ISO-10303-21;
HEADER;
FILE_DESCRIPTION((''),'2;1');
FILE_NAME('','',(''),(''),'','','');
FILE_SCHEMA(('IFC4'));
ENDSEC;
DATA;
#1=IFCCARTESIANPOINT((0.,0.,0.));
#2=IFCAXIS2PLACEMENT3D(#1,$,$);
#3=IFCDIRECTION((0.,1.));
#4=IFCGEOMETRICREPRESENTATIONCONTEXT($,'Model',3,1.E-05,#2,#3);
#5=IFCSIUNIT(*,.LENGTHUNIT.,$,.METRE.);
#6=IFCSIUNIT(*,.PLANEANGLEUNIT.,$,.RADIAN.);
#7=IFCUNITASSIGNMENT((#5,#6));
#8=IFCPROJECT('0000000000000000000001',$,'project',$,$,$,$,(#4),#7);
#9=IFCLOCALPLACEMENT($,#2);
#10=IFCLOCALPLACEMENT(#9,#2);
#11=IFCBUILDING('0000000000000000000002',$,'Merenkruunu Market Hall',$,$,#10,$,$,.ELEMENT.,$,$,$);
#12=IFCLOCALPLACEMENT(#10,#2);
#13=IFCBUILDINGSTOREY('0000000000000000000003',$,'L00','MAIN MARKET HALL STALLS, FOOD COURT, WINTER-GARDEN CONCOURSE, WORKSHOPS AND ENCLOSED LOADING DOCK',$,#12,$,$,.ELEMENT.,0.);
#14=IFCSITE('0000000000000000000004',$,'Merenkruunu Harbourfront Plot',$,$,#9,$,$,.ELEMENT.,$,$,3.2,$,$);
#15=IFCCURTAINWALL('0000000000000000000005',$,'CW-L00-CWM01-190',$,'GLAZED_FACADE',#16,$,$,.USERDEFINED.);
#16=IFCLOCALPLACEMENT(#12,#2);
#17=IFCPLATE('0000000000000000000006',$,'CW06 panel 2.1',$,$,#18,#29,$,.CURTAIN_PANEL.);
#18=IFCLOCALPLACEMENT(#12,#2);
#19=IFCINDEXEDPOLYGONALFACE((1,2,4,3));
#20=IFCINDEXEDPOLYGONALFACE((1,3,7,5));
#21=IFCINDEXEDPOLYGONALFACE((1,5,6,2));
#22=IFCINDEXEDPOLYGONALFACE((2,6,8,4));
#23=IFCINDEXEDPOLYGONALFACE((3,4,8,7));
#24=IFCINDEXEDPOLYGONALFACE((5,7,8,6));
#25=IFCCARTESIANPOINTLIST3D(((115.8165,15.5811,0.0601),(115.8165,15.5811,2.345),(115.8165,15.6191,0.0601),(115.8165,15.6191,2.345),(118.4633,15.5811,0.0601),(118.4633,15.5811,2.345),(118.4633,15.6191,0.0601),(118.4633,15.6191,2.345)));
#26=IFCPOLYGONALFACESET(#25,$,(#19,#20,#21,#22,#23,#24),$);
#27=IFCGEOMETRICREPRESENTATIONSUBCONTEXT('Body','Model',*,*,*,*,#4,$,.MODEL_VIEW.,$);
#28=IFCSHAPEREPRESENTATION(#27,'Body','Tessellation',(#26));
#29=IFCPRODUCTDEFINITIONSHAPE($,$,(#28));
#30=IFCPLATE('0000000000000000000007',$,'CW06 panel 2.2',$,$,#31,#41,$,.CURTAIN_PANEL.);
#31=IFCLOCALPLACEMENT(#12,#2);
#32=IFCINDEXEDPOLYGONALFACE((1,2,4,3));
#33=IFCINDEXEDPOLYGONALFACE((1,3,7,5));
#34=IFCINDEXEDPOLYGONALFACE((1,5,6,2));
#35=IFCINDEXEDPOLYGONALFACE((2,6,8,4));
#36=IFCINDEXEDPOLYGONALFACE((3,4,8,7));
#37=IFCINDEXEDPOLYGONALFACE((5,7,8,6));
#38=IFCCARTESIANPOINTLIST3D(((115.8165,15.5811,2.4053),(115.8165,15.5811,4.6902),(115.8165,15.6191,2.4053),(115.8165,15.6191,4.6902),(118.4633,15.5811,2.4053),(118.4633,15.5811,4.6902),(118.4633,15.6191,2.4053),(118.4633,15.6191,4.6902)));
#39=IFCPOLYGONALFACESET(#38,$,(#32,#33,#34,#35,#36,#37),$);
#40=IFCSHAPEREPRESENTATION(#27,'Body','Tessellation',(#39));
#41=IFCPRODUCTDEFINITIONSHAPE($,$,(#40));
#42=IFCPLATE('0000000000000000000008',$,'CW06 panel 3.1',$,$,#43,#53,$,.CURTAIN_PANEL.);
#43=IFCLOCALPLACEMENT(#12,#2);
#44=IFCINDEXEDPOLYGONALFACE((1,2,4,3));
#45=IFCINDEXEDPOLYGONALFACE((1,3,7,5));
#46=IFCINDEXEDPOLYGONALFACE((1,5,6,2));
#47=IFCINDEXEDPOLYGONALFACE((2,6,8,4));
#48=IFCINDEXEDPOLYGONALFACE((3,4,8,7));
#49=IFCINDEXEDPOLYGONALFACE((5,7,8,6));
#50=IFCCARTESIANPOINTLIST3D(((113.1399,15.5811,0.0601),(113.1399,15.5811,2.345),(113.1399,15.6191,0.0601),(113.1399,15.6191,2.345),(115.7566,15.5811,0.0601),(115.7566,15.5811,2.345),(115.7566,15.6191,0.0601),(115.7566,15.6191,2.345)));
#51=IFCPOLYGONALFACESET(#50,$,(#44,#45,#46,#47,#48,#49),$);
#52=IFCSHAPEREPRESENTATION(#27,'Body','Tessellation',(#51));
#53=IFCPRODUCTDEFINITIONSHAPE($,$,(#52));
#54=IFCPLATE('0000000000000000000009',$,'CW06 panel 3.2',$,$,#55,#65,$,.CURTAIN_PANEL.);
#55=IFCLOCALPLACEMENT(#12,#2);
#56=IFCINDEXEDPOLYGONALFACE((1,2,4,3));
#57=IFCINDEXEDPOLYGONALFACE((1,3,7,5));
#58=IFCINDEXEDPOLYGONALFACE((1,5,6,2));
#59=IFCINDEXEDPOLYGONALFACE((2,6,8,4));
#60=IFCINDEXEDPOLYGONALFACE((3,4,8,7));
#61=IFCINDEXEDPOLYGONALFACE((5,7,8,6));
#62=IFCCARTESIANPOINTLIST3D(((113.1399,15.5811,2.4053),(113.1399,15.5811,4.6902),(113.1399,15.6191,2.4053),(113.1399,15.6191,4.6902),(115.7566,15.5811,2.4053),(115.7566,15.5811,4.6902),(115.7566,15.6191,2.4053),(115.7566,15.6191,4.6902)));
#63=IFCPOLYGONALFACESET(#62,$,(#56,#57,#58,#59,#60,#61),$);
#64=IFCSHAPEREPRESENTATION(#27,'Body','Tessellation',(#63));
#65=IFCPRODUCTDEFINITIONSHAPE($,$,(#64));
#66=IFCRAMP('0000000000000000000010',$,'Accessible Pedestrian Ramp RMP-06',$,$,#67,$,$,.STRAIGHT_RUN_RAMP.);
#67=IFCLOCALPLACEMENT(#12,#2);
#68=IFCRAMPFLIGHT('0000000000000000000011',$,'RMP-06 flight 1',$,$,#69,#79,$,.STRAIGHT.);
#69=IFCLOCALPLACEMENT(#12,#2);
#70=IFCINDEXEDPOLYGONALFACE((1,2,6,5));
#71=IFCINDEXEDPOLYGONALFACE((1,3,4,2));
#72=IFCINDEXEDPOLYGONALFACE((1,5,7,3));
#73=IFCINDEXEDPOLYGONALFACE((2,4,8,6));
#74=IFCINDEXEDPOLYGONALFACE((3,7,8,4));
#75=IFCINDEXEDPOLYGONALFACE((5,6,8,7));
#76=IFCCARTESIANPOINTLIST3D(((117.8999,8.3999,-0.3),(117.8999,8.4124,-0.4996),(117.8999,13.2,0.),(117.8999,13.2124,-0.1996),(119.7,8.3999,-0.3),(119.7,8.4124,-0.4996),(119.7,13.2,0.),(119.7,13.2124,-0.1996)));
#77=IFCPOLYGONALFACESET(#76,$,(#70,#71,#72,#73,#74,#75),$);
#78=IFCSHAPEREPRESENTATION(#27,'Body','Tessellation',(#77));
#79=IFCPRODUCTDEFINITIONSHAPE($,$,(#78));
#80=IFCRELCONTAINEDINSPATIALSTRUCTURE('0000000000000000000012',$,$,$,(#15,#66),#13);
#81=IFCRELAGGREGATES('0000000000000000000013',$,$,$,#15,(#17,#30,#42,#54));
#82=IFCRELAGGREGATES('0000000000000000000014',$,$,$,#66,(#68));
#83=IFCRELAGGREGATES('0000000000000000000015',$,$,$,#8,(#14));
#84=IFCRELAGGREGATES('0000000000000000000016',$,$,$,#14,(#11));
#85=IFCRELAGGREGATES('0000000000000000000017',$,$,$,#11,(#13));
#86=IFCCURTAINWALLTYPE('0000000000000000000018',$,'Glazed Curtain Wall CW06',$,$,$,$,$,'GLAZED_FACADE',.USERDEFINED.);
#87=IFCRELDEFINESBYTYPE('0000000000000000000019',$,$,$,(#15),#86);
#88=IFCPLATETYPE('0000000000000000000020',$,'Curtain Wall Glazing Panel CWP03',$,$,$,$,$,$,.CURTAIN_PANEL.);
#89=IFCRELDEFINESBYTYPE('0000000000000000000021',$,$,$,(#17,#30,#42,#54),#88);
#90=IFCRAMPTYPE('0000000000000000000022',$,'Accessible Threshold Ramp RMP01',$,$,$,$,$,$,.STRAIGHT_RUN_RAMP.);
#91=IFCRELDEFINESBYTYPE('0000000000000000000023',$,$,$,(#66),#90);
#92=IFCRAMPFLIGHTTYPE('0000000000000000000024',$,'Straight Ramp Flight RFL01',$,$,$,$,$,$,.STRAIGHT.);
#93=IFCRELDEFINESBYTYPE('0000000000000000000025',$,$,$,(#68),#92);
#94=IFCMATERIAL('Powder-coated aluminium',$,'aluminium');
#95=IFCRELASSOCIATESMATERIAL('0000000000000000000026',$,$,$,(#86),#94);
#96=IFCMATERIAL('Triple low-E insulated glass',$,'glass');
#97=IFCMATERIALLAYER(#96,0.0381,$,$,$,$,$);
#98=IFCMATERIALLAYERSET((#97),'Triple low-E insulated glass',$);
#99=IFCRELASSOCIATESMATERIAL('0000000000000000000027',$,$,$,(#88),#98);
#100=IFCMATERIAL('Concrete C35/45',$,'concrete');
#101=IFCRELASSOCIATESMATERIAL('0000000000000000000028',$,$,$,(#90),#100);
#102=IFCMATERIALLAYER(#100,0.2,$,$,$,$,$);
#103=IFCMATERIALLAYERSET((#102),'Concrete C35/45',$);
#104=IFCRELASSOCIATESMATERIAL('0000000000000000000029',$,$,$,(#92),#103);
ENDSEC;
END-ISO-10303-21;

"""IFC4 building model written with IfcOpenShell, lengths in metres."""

from ifc_helpers import new_model, si_unit, direction, frame, origin, origin_2d, place, context, subcontext, project, spatial, polyline, rectangle, outline, extrude, material, layer, layer_set, type_object, element, aggregate, save


model = new_model("IFC4")

# Units and contexts
model_context = context("Model", 3, precision=1e-05, world=origin(), true_north=direction((0.0, 1.0)))
body_context = subcontext(model_context, "Body", "Model", "MODEL_VIEW")
ifc_project = project(units=[si_unit("LENGTHUNIT", "METRE"), si_unit("PLANEANGLEUNIT", "RADIAN")], contexts=[model_context])

# Site, building, storey
site_placement = place(None, origin())
site = spatial("IfcSite", under=ifc_project, at=site_placement, Name="Merenkruunu Harbourfront Plot", CompositionType="ELEMENT", RefElevation=3.2)
building_placement = place(site_placement, origin())
building = spatial("IfcBuilding", under=site, at=building_placement, Name="Merenkruunu Market Hall", CompositionType="ELEMENT")
storey_placement = place(building_placement, origin())
storey = spatial("IfcBuildingStorey", under=building, at=storey_placement, Name="L00", Description="MAIN MARKET HALL STALLS, FOOD COURT, WINTER-GARDEN CONCOURSE, WORKSHOPS AND ENCLOSED LOADING DOCK", CompositionType="ELEMENT", Elevation=0.0)

# Curtain wall, plates
ifc_material_1 = material(Name="Powder-coated aluminium", Category="aluminium")
curtain_wall_type = type_object("IfcCurtainWallType", Name="Glazed Curtain Wall CW06", ElementType="GLAZED_FACADE", PredefinedType="USERDEFINED", material=ifc_material_1)
curtain_wall_placement = place(storey_placement, origin())
curtain_wall = element("IfcCurtainWall", 1, at=curtain_wall_placement, inside=storey, type_object=curtain_wall_type, Name="CW-L00-CWM01-190", ObjectType="GLAZED_FACADE", PredefinedType="USERDEFINED")
ifc_material_2 = material(Name="Triple low-E insulated glass", Category="glass")
ifc_layer_1 = layer(ifc_material_2, 0.0381)
ifc_layer_set_1 = layer_set([ifc_layer_1], Name="Triple low-E insulated glass")
plate_type = type_object("IfcPlateType", Name="Curtain Wall Glazing Panel CWP03", PredefinedType="CURTAIN_PANEL", material=ifc_layer_set_1)
plate_1_placement = place(storey_placement, frame((117.1399, 15.6001, 0.0601), z_axis=(0.0, 0.0, 1.0), x_axis=(-1.0, 0.0, 0.0)))
plate_1 = element("IfcPlate", 2, at=plate_1_placement, type_object=plate_type, Name="CW06 panel 2.1", PredefinedType="CURTAIN_PANEL", context=body_context, shape_type="SweptSolid", body=[
    extrude(rectangle(XDim=2.6467, YDim=0.0381, at=origin_2d()), origin(), (0.0, 0.0, 1.0), 2.2849),
])
plate_2_placement = place(storey_placement, frame((117.1399, 15.6001, 2.4053), z_axis=(0.0, 0.0, 1.0), x_axis=(-1.0, 0.0, 0.0)))
plate_2 = element("IfcPlate", 3, at=plate_2_placement, type_object=plate_type, Name="CW06 panel 2.2", PredefinedType="CURTAIN_PANEL", context=body_context, shape_type="SweptSolid", body=[
    extrude(rectangle(XDim=2.6467, YDim=0.0381, at=origin_2d()), origin(), (0.0, 0.0, 1.0), 2.2849),
])
plate_3_placement = place(storey_placement, frame((114.4482, 15.6001, 0.0601), z_axis=(0.0, 0.0, 1.0), x_axis=(-1.0, 0.0, 0.0)))
plate_3 = element("IfcPlate", 4, at=plate_3_placement, type_object=plate_type, Name="CW06 panel 3.1", PredefinedType="CURTAIN_PANEL", context=body_context, shape_type="SweptSolid", body=[
    extrude(rectangle(XDim=2.6167, YDim=0.0381, at=origin_2d()), origin(), (0.0, 0.0, 1.0), 2.2849),
])
plate_4_placement = place(storey_placement, frame((114.4482, 15.6001, 2.4053), z_axis=(0.0, 0.0, 1.0), x_axis=(-1.0, 0.0, 0.0)))
plate_4 = element("IfcPlate", 5, at=plate_4_placement, type_object=plate_type, Name="CW06 panel 3.2", PredefinedType="CURTAIN_PANEL", context=body_context, shape_type="SweptSolid", body=[
    extrude(rectangle(XDim=2.6167, YDim=0.0381, at=origin_2d()), origin(), (0.0, 0.0, 1.0), 2.2849),
])
aggregate(curtain_wall, [plate_1, plate_2, plate_3, plate_4])

# Ramp, ramp flight
ifc_material_3 = material(Name="Concrete C35/45", Category="concrete")
ramp_type = type_object("IfcRampType", Name="Accessible Threshold Ramp RMP01", PredefinedType="STRAIGHT_RUN_RAMP", material=ifc_material_3)
ramp_placement = place(storey_placement, origin())
ramp = element("IfcRamp", 6, at=ramp_placement, inside=storey, type_object=ramp_type, Name="Accessible Pedestrian Ramp RMP-06", PredefinedType="STRAIGHT_RUN_RAMP")
ifc_layer_2 = layer(ifc_material_3, 0.2)
ifc_layer_set_2 = layer_set([ifc_layer_2], Name="Concrete C35/45")
ramp_flight_type = type_object("IfcRampFlightType", Name="Straight Ramp Flight RFL01", PredefinedType="STRAIGHT", material=ifc_layer_set_2)
ramp_flight_placement = place(storey_placement, frame((117.8999, 8.3999, -0.3), z_axis=(0.0, -0.062388, 0.998052), x_axis=(1.0, 0.0, 0.0)))
ramp_flight = element("IfcRampFlight", 7, at=ramp_flight_placement, type_object=ramp_flight_type, Name="RMP-06 flight 1", PredefinedType="STRAIGHT", context=body_context, shape_type="SweptSolid", body=[
    extrude(outline(polyline([(0.0, 0.0), (1.8, 0.0), (1.8, 4.8094), (0.0, 4.8094), (0.0, 0.0)])), origin(), (0.0, 0.0, -1.0), 0.2),
])
aggregate(ramp, [ramp_flight])

save(model, "model.ifc")
